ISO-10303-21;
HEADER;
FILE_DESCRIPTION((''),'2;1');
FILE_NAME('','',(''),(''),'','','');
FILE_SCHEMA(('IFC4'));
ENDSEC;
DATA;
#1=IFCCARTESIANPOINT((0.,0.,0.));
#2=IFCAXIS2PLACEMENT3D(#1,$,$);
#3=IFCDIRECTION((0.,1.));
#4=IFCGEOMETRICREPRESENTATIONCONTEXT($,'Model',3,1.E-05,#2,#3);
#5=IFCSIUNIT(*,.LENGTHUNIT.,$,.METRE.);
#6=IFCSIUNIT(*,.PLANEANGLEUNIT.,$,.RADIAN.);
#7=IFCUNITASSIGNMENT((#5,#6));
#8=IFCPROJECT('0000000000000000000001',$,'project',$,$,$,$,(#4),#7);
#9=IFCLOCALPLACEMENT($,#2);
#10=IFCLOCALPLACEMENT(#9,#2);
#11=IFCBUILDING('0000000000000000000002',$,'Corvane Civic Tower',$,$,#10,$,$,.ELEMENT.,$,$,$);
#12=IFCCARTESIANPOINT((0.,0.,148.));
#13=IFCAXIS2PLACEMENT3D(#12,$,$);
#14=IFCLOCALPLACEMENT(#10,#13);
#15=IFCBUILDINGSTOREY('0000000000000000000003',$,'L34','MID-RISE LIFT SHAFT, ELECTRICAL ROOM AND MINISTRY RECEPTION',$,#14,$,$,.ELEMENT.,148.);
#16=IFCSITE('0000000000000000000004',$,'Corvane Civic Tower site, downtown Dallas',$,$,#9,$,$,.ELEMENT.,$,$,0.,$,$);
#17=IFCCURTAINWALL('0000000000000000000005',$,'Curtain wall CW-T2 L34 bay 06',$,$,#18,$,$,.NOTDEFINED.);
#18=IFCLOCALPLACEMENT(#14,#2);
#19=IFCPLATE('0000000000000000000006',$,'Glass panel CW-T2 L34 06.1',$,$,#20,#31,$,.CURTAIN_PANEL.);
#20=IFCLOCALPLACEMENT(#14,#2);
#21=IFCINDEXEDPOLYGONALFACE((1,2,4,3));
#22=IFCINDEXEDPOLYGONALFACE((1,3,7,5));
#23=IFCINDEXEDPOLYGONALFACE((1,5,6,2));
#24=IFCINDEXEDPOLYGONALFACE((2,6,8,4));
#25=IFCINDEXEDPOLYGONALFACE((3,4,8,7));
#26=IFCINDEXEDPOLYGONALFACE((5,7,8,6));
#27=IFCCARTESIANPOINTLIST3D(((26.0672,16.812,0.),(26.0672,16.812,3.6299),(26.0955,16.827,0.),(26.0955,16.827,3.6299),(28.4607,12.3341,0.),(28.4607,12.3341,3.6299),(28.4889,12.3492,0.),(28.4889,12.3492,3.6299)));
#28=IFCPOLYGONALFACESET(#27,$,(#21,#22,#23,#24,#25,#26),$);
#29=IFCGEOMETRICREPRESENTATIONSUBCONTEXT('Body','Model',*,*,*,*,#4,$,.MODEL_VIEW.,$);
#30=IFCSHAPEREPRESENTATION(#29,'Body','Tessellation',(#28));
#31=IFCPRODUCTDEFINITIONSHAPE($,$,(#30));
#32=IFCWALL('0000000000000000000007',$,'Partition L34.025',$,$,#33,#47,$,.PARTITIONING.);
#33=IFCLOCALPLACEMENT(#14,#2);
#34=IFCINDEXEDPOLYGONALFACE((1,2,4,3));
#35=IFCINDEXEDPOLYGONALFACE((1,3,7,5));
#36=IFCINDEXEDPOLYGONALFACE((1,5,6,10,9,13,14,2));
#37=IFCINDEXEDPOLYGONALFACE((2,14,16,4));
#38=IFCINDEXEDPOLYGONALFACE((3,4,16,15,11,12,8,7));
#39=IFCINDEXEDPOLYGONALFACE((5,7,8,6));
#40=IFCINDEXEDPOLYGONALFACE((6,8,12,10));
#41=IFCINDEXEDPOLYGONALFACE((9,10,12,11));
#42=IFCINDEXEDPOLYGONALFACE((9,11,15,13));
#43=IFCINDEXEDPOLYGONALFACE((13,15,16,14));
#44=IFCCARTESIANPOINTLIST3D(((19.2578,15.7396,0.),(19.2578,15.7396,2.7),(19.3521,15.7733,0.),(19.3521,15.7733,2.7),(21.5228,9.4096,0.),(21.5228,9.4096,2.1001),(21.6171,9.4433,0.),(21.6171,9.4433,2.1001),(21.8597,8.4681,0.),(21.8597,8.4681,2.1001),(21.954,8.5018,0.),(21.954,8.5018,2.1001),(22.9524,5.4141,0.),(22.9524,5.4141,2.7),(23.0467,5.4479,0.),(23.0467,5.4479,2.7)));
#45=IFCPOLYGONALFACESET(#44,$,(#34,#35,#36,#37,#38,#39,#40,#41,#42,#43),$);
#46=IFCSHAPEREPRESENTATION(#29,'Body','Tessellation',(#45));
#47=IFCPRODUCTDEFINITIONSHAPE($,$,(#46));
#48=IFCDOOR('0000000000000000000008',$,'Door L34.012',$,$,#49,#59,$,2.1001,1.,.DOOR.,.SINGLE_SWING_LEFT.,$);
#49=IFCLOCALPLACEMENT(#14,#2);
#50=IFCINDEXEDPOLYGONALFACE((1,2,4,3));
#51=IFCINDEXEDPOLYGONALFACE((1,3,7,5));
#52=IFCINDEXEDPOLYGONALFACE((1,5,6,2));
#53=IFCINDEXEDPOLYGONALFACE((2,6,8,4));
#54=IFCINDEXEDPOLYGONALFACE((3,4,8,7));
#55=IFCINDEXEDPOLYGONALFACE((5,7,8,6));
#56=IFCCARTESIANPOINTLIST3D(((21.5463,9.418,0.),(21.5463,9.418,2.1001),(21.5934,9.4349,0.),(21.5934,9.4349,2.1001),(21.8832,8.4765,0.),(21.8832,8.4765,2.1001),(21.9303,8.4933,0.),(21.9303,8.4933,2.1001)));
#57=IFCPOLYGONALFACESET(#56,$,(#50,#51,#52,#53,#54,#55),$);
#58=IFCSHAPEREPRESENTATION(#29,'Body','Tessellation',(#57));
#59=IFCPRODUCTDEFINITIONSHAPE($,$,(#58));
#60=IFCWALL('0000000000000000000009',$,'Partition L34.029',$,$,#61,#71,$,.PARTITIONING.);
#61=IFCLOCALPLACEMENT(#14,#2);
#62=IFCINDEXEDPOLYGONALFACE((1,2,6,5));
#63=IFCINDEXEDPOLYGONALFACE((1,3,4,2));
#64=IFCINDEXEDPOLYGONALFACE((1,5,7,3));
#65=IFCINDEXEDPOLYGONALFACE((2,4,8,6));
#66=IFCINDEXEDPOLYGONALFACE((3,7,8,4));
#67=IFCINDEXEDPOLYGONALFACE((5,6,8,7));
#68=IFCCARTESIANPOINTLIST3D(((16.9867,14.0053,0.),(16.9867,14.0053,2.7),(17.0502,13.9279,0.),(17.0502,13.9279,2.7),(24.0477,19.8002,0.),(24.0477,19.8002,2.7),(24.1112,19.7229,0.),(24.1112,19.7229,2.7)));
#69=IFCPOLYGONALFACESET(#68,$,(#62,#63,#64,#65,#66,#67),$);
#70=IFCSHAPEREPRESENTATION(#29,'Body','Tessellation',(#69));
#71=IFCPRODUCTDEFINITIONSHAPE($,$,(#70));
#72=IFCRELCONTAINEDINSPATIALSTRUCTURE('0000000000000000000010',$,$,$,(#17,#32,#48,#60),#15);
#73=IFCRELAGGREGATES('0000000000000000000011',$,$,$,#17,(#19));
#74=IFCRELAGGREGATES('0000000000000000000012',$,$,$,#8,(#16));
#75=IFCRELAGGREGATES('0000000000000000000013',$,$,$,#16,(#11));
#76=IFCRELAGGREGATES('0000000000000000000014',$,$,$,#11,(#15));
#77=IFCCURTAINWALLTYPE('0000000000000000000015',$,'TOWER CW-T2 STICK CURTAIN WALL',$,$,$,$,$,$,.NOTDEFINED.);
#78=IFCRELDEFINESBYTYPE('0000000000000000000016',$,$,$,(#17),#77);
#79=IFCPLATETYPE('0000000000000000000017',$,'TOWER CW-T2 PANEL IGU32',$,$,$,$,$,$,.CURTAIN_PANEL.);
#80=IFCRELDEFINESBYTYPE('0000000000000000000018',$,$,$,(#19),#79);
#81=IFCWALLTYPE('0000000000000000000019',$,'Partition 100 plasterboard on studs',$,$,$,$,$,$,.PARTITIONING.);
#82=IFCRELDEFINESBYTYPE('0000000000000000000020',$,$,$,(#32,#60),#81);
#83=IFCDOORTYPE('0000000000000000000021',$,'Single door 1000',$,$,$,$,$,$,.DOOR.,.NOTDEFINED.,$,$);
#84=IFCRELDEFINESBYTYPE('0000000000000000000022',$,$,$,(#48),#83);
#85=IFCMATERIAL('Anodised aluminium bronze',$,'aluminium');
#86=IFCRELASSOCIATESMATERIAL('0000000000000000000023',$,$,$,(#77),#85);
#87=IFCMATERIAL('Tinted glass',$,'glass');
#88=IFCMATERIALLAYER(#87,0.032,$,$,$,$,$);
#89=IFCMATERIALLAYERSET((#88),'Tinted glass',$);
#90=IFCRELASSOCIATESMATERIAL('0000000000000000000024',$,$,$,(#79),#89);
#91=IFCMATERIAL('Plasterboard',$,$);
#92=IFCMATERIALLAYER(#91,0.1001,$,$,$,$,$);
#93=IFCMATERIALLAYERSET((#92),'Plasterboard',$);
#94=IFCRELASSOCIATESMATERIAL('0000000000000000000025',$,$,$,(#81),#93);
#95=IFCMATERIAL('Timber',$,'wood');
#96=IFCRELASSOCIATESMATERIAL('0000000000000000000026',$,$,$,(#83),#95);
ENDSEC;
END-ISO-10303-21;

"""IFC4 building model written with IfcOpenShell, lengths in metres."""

from ifc_helpers import new_model, si_unit, direction, frame, frame_2d, origin, origin_2d, place, context, subcontext, project, spatial, rectangle, extrude, material, layer, layer_set, type_object, element, fill, aggregate, save


model = new_model("IFC4")

# Units and contexts
model_context = context("Model", 3, precision=1e-05, world=origin(), true_north=direction((0.0, 1.0)))
body_context = subcontext(model_context, "Body", "Model", "MODEL_VIEW")
ifc_project = project(units=[si_unit("LENGTHUNIT", "METRE"), si_unit("PLANEANGLEUNIT", "RADIAN")], contexts=[model_context])

# Site, building, storey
site_placement = place(None, origin())
site = spatial("IfcSite", under=ifc_project, at=site_placement, Name="Corvane Civic Tower site, downtown Dallas", CompositionType="ELEMENT", RefElevation=0.0)
building_placement = place(site_placement, origin())
building = spatial("IfcBuilding", under=site, at=building_placement, Name="Corvane Civic Tower", CompositionType="ELEMENT")
storey_placement = place(building_placement, frame((0.0, 0.0, 148.0)))
storey = spatial("IfcBuildingStorey", under=building, at=storey_placement, Name="L34", Description="MID-RISE LIFT SHAFT, ELECTRICAL ROOM AND MINISTRY RECEPTION", CompositionType="ELEMENT", Elevation=148.0)

# Curtain wall
ifc_material_1 = material(Name="Anodised aluminium bronze", Category="aluminium")
curtain_wall_type = type_object("IfcCurtainWallType", Name="TOWER CW-T2 STICK CURTAIN WALL", PredefinedType="NOTDEFINED", material=ifc_material_1)
curtain_wall_1_placement = place(storey_placement, origin())
curtain_wall_1 = element("IfcCurtainWall", 1, at=curtain_wall_1_placement, inside=storey, type_object=curtain_wall_type, Name="Curtain wall CW-T2 L34 bay 06", PredefinedType="NOTDEFINED")

# Shared definitions
ifc_material_2 = material(Name="Tinted glass", Category="glass")
ifc_layer_1 = layer(ifc_material_2, 0.032)
ifc_layer_set_1 = layer_set([ifc_layer_1], Name="Tinted glass")
plate_type = type_object("IfcPlateType", Name="TOWER CW-T2 PANEL IGU32", PredefinedType="CURTAIN_PANEL", material=ifc_layer_set_1)

# Plate
plate_1_placement = place(storey_placement, frame((27.2781, 14.5806, 0.0), z_axis=(0.0, 0.0, 1.0), x_axis=(0.471395, -0.881922, 0.0)))
plate_1 = element("IfcPlate", 2, at=plate_1_placement, type_object=plate_type, Name="Glass panel CW-T2 L34 06.1", PredefinedType="CURTAIN_PANEL", context=body_context, shape_type="SweptSolid", body=[
    extrude(rectangle(XDim=5.0774, YDim=0.032, at=origin_2d()), origin(), (0.0, 0.0, 1.0), 3.6299),
])
aggregate(curtain_wall_1, [plate_1])

# Wall, opening, door
ifc_material_3 = material(Name="Plasterboard")
ifc_layer_2 = layer(ifc_material_3, 0.1001)
ifc_layer_set_2 = layer_set([ifc_layer_2], Name="Plasterboard")
wall_type = type_object("IfcWallType", Name="Partition 100 plasterboard on studs", PredefinedType="PARTITIONING", material=ifc_layer_set_2)
wall_1_placement = place(storey_placement, frame((19.3049, 15.7566, 0.0), z_axis=(0.0, 0.0, 1.0), x_axis=(0.336896, -0.941542, 0.0)))
wall_1 = element("IfcWall", 3, at=wall_1_placement, inside=storey, type_object=wall_type, Name="Partition L34.025", PredefinedType="PARTITIONING", context=body_context, shape_type="SweptSolid", body=[
    extrude(rectangle(XDim=10.9666, YDim=0.1001, at=frame_2d((5.4834, 0.0))), origin(), (0.0, 0.0, 1.0), 2.7),
])
opening_placement = place(wall_1_placement, frame((6.7231, 0.0, 0.0)))
opening = element("IfcOpeningElement", 4, at=opening_placement, cuts=wall_1, PredefinedType="OPENING", context=body_context, shape_type="SweptSolid", body=[
    extrude(rectangle(XDim=1.0, YDim=2.1001, at=frame_2d((0.5, 1.05))), frame((0.0, 0.0601, 0.0), z_axis=(0.0, -1.0, 0.0), x_axis=(1.0, 0.0, 0.0)), (0.0, 0.0, 1.0), 0.1201),
])
ifc_material_4 = material(Name="Timber", Category="wood")
door_type = type_object("IfcDoorType", Name="Single door 1000", OperationType="NOTDEFINED", PredefinedType="DOOR", material=ifc_material_4)
door_placement = place(opening_placement, origin())
door = element("IfcDoor", 5, at=door_placement, inside=storey, type_object=door_type, Name="Door L34.012", OperationType="SINGLE_SWING_LEFT", OverallHeight=2.1001, OverallWidth=1.0, PredefinedType="DOOR", context=body_context, shape_type="SweptSolid", body=[
    extrude(rectangle(XDim=1.0, YDim=2.1001, at=frame_2d((0.5, 1.05))), frame((0.0, 0.0249, 0.0), z_axis=(0.0, -1.0, 0.0), x_axis=(1.0, 0.0, 0.0)), (0.0, 0.0, 1.0), 0.05),
])
fill(opening, door)

# Wall
wall_2_placement = place(storey_placement, frame((17.0183, 13.9666, 0.0), z_axis=(0.0, 0.0, 1.0), x_axis=(0.773006, 0.634399, 0.0)))
element("IfcWall", 6, at=wall_2_placement, inside=storey, type_object=wall_type, Name="Partition L34.029", PredefinedType="PARTITIONING", context=body_context, shape_type="SweptSolid", body=[
    extrude(rectangle(XDim=9.1345, YDim=0.1001, at=frame_2d((4.5674, 0.0))), origin(), (0.0, 0.0, 1.0), 2.7),
])

save(model, "model.ifc")
